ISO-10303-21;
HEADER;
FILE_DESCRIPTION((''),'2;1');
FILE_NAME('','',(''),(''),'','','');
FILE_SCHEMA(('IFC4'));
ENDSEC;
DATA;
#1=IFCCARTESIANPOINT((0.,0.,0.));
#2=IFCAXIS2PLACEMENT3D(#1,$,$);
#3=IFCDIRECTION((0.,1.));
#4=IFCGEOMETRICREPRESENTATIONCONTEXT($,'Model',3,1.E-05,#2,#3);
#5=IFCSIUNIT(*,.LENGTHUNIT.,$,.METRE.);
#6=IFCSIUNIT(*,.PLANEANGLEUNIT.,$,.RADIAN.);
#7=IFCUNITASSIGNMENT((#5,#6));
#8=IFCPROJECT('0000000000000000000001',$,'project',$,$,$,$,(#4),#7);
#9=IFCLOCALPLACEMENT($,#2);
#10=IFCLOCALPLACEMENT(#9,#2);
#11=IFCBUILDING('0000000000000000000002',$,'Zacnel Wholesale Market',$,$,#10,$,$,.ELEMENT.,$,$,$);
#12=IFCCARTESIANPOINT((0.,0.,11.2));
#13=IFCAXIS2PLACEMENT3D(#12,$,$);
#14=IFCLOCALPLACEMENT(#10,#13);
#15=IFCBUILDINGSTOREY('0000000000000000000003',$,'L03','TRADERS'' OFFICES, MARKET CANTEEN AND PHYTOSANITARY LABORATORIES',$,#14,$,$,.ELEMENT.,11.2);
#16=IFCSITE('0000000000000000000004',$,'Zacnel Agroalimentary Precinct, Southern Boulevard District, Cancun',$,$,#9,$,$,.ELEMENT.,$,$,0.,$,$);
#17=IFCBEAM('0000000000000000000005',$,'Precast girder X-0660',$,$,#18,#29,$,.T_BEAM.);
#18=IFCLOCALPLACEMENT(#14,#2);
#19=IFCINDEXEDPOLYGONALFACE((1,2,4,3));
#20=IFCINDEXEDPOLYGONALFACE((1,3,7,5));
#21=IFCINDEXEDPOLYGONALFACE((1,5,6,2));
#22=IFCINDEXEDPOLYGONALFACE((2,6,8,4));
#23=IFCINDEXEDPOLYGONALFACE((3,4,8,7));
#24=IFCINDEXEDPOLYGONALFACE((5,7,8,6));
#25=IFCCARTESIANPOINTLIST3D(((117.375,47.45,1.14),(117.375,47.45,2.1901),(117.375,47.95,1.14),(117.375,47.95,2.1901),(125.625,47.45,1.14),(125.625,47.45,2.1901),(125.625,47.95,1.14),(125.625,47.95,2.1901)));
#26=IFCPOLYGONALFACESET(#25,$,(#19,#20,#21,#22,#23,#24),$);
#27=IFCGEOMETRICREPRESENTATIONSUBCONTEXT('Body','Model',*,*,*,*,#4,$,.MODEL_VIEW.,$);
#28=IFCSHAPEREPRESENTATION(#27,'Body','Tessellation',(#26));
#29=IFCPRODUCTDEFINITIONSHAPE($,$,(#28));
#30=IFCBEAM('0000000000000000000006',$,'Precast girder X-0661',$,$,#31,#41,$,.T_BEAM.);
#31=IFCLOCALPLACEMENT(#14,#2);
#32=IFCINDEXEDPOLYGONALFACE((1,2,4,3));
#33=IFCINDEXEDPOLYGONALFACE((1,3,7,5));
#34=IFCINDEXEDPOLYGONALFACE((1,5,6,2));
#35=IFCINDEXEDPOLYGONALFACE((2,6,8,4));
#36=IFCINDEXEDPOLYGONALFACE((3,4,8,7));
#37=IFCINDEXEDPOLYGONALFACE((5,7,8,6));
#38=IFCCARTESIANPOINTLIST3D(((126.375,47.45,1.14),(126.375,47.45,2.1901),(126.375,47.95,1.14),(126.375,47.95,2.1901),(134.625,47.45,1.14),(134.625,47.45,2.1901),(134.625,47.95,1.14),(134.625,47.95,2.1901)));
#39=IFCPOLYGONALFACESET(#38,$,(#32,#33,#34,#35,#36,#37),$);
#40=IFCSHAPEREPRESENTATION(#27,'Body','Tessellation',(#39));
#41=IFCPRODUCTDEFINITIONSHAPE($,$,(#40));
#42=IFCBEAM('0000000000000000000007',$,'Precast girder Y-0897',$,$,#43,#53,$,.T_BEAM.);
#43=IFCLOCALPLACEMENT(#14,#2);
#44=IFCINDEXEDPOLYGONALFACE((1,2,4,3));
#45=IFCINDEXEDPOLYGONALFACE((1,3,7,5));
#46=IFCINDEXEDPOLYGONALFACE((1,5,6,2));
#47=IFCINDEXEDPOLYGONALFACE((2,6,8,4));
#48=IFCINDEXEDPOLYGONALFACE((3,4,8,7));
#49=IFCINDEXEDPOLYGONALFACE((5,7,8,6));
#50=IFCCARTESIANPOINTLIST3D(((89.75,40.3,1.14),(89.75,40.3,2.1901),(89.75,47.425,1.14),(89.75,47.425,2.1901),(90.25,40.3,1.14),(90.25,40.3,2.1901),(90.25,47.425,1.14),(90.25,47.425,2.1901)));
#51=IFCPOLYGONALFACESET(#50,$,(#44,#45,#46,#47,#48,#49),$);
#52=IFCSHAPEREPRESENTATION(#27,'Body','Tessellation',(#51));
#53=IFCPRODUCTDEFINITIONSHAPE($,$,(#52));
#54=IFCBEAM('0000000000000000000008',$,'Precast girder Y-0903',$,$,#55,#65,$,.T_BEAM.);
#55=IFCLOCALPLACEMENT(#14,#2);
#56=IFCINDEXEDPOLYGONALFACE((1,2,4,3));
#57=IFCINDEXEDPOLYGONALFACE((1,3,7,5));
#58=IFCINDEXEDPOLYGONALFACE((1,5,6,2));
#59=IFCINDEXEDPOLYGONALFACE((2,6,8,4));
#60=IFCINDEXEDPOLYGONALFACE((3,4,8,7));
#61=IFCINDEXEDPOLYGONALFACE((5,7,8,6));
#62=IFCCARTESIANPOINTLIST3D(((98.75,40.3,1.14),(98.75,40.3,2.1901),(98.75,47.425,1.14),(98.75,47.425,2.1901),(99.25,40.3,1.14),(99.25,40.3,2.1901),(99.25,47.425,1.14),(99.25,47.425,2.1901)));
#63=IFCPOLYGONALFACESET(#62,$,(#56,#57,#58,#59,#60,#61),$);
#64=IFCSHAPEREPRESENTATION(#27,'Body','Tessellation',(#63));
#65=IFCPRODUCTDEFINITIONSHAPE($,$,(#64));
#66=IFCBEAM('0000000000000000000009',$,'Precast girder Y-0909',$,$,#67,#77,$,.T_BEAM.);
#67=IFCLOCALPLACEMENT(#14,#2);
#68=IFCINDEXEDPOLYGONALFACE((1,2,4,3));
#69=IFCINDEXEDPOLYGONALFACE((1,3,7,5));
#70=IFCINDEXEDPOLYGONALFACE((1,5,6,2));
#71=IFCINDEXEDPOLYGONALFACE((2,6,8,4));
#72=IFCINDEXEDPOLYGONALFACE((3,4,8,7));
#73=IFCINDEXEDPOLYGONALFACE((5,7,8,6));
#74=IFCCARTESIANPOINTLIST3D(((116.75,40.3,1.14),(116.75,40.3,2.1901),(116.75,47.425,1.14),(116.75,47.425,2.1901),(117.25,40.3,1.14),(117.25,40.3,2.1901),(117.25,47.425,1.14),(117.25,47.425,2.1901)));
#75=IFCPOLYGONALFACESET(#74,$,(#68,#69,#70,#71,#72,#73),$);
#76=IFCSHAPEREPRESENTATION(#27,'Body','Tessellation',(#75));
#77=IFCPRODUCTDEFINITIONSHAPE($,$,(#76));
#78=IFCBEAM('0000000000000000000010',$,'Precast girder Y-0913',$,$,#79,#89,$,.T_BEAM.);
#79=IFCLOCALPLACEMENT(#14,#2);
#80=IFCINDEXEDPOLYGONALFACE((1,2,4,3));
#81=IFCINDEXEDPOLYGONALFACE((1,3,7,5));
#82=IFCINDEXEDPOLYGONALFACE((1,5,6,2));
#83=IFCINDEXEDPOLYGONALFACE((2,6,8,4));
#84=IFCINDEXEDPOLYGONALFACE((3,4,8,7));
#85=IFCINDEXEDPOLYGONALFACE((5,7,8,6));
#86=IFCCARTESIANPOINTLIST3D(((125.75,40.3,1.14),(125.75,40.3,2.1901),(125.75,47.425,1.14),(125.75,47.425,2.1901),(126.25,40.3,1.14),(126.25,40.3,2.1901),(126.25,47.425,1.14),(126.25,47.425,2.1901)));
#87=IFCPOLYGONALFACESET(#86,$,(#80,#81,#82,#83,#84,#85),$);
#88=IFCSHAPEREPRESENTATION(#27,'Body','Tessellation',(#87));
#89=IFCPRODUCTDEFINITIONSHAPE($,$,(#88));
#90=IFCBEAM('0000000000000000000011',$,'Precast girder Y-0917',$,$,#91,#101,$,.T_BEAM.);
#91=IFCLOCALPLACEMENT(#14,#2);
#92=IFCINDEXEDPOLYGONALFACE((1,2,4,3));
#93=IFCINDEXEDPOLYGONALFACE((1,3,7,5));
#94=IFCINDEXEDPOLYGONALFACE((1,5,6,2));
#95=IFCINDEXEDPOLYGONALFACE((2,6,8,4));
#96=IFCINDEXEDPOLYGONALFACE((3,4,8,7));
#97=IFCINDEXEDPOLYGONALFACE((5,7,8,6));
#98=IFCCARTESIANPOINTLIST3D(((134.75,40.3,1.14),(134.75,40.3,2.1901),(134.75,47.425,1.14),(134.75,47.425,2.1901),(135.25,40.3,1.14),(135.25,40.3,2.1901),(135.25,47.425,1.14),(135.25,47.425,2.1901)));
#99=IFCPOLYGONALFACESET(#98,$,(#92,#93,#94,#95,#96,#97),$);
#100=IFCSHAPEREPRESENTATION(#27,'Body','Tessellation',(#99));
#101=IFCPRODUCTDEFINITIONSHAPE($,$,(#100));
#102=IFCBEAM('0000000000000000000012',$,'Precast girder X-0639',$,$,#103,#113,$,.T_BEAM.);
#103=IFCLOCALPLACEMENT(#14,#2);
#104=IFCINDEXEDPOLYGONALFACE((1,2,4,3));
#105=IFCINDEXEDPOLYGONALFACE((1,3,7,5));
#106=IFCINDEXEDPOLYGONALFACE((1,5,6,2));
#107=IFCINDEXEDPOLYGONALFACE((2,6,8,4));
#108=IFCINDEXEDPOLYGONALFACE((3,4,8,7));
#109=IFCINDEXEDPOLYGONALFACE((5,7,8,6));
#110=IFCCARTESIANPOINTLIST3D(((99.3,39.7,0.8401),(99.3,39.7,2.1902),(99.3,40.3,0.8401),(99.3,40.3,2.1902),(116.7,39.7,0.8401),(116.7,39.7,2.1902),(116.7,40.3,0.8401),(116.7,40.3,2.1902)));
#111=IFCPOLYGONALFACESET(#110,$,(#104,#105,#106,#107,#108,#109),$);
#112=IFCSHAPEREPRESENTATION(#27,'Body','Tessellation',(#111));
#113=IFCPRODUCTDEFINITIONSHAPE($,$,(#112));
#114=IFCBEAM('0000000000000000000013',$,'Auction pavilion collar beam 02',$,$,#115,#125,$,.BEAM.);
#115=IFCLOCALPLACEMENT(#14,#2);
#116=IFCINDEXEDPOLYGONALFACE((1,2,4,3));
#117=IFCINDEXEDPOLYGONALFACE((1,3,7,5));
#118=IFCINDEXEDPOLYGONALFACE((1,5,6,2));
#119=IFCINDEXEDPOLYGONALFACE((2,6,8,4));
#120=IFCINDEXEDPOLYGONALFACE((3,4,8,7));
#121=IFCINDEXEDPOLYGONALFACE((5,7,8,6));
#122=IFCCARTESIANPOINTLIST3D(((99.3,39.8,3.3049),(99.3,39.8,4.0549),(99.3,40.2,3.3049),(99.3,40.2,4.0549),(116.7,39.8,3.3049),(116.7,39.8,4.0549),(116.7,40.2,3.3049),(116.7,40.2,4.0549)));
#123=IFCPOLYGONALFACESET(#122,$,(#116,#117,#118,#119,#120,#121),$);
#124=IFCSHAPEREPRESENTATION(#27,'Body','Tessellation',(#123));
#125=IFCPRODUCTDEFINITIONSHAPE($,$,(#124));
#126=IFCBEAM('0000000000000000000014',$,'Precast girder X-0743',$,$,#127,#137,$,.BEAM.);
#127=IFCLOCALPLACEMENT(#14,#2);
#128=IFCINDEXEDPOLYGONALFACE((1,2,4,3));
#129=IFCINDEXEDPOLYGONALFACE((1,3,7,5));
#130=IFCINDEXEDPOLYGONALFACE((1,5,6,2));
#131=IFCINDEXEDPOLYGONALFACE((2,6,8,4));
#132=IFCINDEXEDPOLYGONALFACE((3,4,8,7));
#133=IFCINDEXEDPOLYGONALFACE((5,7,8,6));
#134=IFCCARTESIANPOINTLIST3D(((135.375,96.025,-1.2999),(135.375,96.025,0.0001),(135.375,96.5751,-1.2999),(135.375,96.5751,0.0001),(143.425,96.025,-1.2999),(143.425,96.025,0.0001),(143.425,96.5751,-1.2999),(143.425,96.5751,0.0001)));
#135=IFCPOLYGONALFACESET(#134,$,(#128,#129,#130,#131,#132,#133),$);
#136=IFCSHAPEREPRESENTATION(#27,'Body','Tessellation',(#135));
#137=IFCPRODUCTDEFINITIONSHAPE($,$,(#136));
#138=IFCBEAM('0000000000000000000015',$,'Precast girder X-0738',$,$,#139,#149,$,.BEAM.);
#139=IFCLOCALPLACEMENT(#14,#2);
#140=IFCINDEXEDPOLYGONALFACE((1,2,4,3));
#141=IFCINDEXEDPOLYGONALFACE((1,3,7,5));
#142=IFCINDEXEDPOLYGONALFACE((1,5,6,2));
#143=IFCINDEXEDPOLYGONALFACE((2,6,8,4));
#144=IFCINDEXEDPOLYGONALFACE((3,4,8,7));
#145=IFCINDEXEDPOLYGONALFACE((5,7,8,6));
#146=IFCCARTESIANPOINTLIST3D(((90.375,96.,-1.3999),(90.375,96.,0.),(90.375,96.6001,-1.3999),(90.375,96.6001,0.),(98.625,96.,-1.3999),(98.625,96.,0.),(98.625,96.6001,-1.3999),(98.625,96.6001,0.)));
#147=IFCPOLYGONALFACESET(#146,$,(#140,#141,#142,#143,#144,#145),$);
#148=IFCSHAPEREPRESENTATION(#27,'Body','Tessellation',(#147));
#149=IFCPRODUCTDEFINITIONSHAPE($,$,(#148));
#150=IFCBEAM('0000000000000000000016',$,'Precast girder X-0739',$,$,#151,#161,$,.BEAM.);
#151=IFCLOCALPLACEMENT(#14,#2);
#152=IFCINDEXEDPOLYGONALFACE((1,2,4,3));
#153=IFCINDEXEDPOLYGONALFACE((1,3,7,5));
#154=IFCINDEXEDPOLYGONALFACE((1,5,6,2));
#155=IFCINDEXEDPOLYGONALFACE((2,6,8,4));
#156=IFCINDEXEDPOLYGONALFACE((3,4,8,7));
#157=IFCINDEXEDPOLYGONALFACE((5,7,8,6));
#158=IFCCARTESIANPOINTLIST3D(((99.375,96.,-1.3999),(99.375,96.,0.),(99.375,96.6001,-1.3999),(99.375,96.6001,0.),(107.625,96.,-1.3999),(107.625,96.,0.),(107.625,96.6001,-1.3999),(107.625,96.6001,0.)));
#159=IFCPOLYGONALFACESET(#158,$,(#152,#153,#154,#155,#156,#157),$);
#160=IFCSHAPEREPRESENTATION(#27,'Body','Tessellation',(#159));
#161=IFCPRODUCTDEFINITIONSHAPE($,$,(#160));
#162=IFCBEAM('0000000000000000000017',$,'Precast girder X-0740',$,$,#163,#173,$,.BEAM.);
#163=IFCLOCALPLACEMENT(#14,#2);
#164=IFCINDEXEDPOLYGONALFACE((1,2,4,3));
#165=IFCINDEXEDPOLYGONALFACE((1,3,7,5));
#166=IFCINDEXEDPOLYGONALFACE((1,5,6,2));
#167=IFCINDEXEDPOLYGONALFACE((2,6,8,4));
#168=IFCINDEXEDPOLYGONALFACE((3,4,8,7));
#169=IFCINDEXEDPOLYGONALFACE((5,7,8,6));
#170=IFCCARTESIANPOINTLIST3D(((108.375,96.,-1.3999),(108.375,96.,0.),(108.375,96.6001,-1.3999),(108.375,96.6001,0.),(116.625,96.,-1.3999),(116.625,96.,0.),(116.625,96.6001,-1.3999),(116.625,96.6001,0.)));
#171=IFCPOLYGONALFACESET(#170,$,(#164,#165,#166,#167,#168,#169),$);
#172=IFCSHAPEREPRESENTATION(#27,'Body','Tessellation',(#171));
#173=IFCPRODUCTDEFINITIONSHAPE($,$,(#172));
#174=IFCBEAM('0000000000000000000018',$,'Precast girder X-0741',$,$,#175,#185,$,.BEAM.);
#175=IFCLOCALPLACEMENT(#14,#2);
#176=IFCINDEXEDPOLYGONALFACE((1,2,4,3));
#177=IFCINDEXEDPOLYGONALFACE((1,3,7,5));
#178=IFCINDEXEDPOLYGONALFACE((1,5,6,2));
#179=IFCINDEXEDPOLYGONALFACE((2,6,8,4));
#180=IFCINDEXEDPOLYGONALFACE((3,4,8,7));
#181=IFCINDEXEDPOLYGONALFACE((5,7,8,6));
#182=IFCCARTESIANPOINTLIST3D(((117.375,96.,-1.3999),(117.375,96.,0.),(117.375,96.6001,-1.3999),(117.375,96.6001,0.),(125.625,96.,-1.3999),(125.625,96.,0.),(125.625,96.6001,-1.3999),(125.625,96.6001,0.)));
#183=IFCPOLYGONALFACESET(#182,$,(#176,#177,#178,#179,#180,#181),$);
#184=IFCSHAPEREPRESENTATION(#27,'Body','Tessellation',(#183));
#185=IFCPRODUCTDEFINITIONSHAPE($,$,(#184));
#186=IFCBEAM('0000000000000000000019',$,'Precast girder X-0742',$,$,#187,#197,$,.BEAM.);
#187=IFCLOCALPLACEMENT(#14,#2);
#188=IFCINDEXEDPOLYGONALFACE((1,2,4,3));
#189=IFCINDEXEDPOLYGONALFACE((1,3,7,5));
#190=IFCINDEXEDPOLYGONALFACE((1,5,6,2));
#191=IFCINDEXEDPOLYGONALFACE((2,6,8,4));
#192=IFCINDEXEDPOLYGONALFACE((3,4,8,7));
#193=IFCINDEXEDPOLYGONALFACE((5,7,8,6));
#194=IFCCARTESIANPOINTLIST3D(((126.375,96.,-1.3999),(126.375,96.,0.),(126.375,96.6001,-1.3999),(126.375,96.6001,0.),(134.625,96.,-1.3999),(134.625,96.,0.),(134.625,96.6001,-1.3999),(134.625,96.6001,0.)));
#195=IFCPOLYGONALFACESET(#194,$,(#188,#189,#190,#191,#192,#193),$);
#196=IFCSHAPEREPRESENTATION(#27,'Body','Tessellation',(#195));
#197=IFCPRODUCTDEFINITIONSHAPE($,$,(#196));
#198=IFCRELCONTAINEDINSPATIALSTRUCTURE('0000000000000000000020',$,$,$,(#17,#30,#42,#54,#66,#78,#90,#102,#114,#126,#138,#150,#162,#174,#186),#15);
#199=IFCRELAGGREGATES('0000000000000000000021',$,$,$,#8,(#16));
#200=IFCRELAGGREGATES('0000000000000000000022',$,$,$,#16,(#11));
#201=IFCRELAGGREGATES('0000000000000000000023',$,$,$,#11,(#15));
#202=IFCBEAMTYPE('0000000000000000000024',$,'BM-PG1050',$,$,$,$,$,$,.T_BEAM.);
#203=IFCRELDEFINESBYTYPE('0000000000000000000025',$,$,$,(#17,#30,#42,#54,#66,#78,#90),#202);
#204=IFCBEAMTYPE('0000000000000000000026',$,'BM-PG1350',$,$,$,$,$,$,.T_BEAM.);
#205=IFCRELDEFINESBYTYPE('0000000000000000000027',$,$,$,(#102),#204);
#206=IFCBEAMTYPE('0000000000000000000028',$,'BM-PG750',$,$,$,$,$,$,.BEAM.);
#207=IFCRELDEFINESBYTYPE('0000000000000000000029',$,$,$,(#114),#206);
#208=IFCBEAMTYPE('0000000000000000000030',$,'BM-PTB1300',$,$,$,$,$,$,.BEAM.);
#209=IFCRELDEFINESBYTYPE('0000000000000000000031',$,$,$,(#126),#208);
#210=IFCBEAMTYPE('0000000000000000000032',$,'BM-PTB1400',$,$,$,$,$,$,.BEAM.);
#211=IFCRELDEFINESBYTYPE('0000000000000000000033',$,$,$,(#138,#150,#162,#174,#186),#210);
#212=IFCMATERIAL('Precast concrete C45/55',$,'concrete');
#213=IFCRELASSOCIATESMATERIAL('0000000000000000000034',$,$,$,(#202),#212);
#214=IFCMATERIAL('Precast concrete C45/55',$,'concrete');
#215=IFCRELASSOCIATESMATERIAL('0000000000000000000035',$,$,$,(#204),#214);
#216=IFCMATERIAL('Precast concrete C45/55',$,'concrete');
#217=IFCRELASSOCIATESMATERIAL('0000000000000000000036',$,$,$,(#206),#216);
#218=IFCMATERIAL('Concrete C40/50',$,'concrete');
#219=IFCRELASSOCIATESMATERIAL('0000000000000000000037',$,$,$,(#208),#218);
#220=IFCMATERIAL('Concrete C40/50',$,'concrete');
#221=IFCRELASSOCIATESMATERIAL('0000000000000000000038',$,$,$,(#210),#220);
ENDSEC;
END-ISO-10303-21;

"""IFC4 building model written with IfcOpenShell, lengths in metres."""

from ifc_helpers import new_model, si_unit, direction, frame, origin, origin_2d, place, context, subcontext, project, spatial, rectangle, extrude, material, material_profile, profile_set, type_object, element, save


model = new_model("IFC4")

# Units and contexts
model_context = context("Model", 3, precision=1e-05, world=origin(), true_north=direction((0.0, 1.0)))
body_context = subcontext(model_context, "Body", "Model", "MODEL_VIEW")
ifc_project = project(units=[si_unit("LENGTHUNIT", "METRE"), si_unit("PLANEANGLEUNIT", "RADIAN")], contexts=[model_context])

# Site, building, storey
site_placement = place(None, origin())
site = spatial("IfcSite", under=ifc_project, at=site_placement, Name="Zacnel Agroalimentary Precinct, Southern Boulevard District, Cancun", CompositionType="ELEMENT", RefElevation=0.0)
building_placement = place(site_placement, origin())
building = spatial("IfcBuilding", under=site, at=building_placement, Name="Zacnel Wholesale Market", CompositionType="ELEMENT")
storey_placement = place(building_placement, frame((0.0, 0.0, 11.2)))
storey = spatial("IfcBuildingStorey", under=building, at=storey_placement, Name="L03", Description="TRADERS' OFFICES, MARKET CANTEEN AND PHYTOSANITARY LABORATORIES", CompositionType="ELEMENT", Elevation=11.2)

# Beams
ifc_material_1 = material(Name="Precast concrete C45/55", Category="concrete")
ifc_material_profile_1 = material_profile(ifc_material_1, rectangle(XDim=0.5, YDim=1.05, at=origin_2d()), Name="PG 500x1050")
ifc_profile_set_1 = profile_set([ifc_material_profile_1], Name="Precast concrete C45/55")
beam_type_1 = type_object("IfcBeamType", Name="BM-PG1050", PredefinedType="T_BEAM", material=ifc_profile_set_1)
for number, where, z_axis, x_axis, name in (
    (1, (117.375, 47.7, 1.665), (1.0, 0.0, 0.0), (0.0, 1.0, 0.0), "Precast girder X-0660"),
    (2, (126.375, 47.7, 1.665), (1.0, 0.0, 0.0), (0.0, 1.0, 0.0), "Precast girder X-0661"),
):
    element("IfcBeam", number, at=place(storey_placement, frame(where, z_axis=z_axis, x_axis=x_axis)), inside=storey, type_object=beam_type_1, Name=name, PredefinedType="T_BEAM", context=body_context, shape_type="SweptSolid", body=[
        extrude(rectangle(XDim=0.5, YDim=1.05, at=origin_2d()), origin(), (0.0, 0.0, 1.0), 8.25),
    ])
for number, where, z_axis, x_axis, name in (
    (3, (90.0, 40.3, 1.665), (0.0, 1.0, 0.0), (-1.0, 0.0, 0.0), "Precast girder Y-0897"),
    (4, (99.0, 40.3, 1.665), (0.0, 1.0, 0.0), (-1.0, 0.0, 0.0), "Precast girder Y-0903"),
    (5, (117.0, 40.3, 1.665), (0.0, 1.0, 0.0), (-1.0, 0.0, 0.0), "Precast girder Y-0909"),
    (6, (126.0, 40.3, 1.665), (0.0, 1.0, 0.0), (-1.0, 0.0, 0.0), "Precast girder Y-0913"),
    (7, (135.0, 40.3, 1.665), (0.0, 1.0, 0.0), (-1.0, 0.0, 0.0), "Precast girder Y-0917"),
):
    element("IfcBeam", number, at=place(storey_placement, frame(where, z_axis=z_axis, x_axis=x_axis)), inside=storey, type_object=beam_type_1, Name=name, PredefinedType="T_BEAM", context=body_context, shape_type="SweptSolid", body=[
        extrude(rectangle(XDim=0.5, YDim=1.05, at=origin_2d()), origin(), (0.0, 0.0, 1.0), 7.125),
    ])
ifc_material_2 = material(Name="Precast concrete C45/55", Category="concrete")
ifc_material_profile_2 = material_profile(ifc_material_2, rectangle(XDim=0.6001, YDim=1.3501, at=origin_2d()), Name="PG 600x1350")
ifc_profile_set_2 = profile_set([ifc_material_profile_2], Name="Precast concrete C45/55")
beam_type_2 = type_object("IfcBeamType", Name="BM-PG1350", PredefinedType="T_BEAM", material=ifc_profile_set_2)
beam_1_placement = place(storey_placement, frame((99.3, 40.0, 1.5151), z_axis=(1.0, 0.0, 0.0), x_axis=(0.0, 1.0, 0.0)))
element("IfcBeam", 8, at=beam_1_placement, inside=storey, type_object=beam_type_2, Name="Precast girder X-0639", PredefinedType="T_BEAM", context=body_context, shape_type="SweptSolid", body=[
    extrude(rectangle(XDim=0.6001, YDim=1.3501, at=origin_2d()), origin(), (0.0, 0.0, 1.0), 17.3999),
])
ifc_material_3 = material(Name="Precast concrete C45/55", Category="concrete")
ifc_material_profile_3 = material_profile(ifc_material_3, rectangle(XDim=0.3999, YDim=0.75, at=origin_2d()), Name="PG 400x750")
ifc_profile_set_3 = profile_set([ifc_material_profile_3], Name="Precast concrete C45/55")
beam_type_3 = type_object("IfcBeamType", Name="BM-PG750", PredefinedType="BEAM", material=ifc_profile_set_3)
beam_2_placement = place(storey_placement, frame((99.3, 40.0, 3.6799), z_axis=(1.0, 0.0, 0.0), x_axis=(0.0, 1.0, 0.0)))
element("IfcBeam", 9, at=beam_2_placement, inside=storey, type_object=beam_type_3, Name="Auction pavilion collar beam 02", PredefinedType="BEAM", context=body_context, shape_type="SweptSolid", body=[
    extrude(rectangle(XDim=0.3999, YDim=0.75, at=origin_2d()), origin(), (0.0, 0.0, 1.0), 17.3999),
])
ifc_material_4 = material(Name="Concrete C40/50", Category="concrete")
ifc_material_profile_4 = material_profile(ifc_material_4, rectangle(XDim=0.55, YDim=1.3, at=origin_2d()), Name="PTB 550x1300")
ifc_profile_set_4 = profile_set([ifc_material_profile_4], Name="Concrete C40/50")
beam_type_4 = type_object("IfcBeamType", Name="BM-PTB1300", PredefinedType="BEAM", material=ifc_profile_set_4)
beam_3_placement = place(storey_placement, frame((135.375, 96.3, -0.6499), z_axis=(1.0, 0.0, 0.0), x_axis=(0.0, 1.0, 0.0)))
element("IfcBeam", 10, at=beam_3_placement, inside=storey, type_object=beam_type_4, Name="Precast girder X-0743", PredefinedType="BEAM", context=body_context, shape_type="SweptSolid", body=[
    extrude(rectangle(XDim=0.55, YDim=1.3, at=origin_2d()), origin(), (0.0, 0.0, 1.0), 8.05),
])
ifc_material_5 = material(Name="Concrete C40/50", Category="concrete")
ifc_material_profile_5 = material_profile(ifc_material_5, rectangle(XDim=0.6001, YDim=1.3999, at=origin_2d()), Name="PTB 600x1400")
ifc_profile_set_5 = profile_set([ifc_material_profile_5], Name="Concrete C40/50")
beam_type_5 = type_object("IfcBeamType", Name="BM-PTB1400", PredefinedType="BEAM", material=ifc_profile_set_5)
for number, where, z_axis, x_axis, name in (
    (11, (90.375, 96.3, -0.7), (1.0, 0.0, 0.0), (0.0, 1.0, 0.0), "Precast girder X-0738"),
    (12, (99.375, 96.3, -0.7), (1.0, 0.0, 0.0), (0.0, 1.0, 0.0), "Precast girder X-0739"),
    (13, (108.375, 96.3, -0.7), (1.0, 0.0, 0.0), (0.0, 1.0, 0.0), "Precast girder X-0740"),
    (14, (117.375, 96.3, -0.7), (1.0, 0.0, 0.0), (0.0, 1.0, 0.0), "Precast girder X-0741"),
    (15, (126.375, 96.3, -0.7), (1.0, 0.0, 0.0), (0.0, 1.0, 0.0), "Precast girder X-0742"),
):
    element("IfcBeam", number, at=place(storey_placement, frame(where, z_axis=z_axis, x_axis=x_axis)), inside=storey, type_object=beam_type_5, Name=name, PredefinedType="BEAM", context=body_context, shape_type="SweptSolid", body=[
        extrude(rectangle(XDim=0.6001, YDim=1.3999, at=origin_2d()), origin(), (0.0, 0.0, 1.0), 8.25),
    ])

save(model, "model.ifc")
